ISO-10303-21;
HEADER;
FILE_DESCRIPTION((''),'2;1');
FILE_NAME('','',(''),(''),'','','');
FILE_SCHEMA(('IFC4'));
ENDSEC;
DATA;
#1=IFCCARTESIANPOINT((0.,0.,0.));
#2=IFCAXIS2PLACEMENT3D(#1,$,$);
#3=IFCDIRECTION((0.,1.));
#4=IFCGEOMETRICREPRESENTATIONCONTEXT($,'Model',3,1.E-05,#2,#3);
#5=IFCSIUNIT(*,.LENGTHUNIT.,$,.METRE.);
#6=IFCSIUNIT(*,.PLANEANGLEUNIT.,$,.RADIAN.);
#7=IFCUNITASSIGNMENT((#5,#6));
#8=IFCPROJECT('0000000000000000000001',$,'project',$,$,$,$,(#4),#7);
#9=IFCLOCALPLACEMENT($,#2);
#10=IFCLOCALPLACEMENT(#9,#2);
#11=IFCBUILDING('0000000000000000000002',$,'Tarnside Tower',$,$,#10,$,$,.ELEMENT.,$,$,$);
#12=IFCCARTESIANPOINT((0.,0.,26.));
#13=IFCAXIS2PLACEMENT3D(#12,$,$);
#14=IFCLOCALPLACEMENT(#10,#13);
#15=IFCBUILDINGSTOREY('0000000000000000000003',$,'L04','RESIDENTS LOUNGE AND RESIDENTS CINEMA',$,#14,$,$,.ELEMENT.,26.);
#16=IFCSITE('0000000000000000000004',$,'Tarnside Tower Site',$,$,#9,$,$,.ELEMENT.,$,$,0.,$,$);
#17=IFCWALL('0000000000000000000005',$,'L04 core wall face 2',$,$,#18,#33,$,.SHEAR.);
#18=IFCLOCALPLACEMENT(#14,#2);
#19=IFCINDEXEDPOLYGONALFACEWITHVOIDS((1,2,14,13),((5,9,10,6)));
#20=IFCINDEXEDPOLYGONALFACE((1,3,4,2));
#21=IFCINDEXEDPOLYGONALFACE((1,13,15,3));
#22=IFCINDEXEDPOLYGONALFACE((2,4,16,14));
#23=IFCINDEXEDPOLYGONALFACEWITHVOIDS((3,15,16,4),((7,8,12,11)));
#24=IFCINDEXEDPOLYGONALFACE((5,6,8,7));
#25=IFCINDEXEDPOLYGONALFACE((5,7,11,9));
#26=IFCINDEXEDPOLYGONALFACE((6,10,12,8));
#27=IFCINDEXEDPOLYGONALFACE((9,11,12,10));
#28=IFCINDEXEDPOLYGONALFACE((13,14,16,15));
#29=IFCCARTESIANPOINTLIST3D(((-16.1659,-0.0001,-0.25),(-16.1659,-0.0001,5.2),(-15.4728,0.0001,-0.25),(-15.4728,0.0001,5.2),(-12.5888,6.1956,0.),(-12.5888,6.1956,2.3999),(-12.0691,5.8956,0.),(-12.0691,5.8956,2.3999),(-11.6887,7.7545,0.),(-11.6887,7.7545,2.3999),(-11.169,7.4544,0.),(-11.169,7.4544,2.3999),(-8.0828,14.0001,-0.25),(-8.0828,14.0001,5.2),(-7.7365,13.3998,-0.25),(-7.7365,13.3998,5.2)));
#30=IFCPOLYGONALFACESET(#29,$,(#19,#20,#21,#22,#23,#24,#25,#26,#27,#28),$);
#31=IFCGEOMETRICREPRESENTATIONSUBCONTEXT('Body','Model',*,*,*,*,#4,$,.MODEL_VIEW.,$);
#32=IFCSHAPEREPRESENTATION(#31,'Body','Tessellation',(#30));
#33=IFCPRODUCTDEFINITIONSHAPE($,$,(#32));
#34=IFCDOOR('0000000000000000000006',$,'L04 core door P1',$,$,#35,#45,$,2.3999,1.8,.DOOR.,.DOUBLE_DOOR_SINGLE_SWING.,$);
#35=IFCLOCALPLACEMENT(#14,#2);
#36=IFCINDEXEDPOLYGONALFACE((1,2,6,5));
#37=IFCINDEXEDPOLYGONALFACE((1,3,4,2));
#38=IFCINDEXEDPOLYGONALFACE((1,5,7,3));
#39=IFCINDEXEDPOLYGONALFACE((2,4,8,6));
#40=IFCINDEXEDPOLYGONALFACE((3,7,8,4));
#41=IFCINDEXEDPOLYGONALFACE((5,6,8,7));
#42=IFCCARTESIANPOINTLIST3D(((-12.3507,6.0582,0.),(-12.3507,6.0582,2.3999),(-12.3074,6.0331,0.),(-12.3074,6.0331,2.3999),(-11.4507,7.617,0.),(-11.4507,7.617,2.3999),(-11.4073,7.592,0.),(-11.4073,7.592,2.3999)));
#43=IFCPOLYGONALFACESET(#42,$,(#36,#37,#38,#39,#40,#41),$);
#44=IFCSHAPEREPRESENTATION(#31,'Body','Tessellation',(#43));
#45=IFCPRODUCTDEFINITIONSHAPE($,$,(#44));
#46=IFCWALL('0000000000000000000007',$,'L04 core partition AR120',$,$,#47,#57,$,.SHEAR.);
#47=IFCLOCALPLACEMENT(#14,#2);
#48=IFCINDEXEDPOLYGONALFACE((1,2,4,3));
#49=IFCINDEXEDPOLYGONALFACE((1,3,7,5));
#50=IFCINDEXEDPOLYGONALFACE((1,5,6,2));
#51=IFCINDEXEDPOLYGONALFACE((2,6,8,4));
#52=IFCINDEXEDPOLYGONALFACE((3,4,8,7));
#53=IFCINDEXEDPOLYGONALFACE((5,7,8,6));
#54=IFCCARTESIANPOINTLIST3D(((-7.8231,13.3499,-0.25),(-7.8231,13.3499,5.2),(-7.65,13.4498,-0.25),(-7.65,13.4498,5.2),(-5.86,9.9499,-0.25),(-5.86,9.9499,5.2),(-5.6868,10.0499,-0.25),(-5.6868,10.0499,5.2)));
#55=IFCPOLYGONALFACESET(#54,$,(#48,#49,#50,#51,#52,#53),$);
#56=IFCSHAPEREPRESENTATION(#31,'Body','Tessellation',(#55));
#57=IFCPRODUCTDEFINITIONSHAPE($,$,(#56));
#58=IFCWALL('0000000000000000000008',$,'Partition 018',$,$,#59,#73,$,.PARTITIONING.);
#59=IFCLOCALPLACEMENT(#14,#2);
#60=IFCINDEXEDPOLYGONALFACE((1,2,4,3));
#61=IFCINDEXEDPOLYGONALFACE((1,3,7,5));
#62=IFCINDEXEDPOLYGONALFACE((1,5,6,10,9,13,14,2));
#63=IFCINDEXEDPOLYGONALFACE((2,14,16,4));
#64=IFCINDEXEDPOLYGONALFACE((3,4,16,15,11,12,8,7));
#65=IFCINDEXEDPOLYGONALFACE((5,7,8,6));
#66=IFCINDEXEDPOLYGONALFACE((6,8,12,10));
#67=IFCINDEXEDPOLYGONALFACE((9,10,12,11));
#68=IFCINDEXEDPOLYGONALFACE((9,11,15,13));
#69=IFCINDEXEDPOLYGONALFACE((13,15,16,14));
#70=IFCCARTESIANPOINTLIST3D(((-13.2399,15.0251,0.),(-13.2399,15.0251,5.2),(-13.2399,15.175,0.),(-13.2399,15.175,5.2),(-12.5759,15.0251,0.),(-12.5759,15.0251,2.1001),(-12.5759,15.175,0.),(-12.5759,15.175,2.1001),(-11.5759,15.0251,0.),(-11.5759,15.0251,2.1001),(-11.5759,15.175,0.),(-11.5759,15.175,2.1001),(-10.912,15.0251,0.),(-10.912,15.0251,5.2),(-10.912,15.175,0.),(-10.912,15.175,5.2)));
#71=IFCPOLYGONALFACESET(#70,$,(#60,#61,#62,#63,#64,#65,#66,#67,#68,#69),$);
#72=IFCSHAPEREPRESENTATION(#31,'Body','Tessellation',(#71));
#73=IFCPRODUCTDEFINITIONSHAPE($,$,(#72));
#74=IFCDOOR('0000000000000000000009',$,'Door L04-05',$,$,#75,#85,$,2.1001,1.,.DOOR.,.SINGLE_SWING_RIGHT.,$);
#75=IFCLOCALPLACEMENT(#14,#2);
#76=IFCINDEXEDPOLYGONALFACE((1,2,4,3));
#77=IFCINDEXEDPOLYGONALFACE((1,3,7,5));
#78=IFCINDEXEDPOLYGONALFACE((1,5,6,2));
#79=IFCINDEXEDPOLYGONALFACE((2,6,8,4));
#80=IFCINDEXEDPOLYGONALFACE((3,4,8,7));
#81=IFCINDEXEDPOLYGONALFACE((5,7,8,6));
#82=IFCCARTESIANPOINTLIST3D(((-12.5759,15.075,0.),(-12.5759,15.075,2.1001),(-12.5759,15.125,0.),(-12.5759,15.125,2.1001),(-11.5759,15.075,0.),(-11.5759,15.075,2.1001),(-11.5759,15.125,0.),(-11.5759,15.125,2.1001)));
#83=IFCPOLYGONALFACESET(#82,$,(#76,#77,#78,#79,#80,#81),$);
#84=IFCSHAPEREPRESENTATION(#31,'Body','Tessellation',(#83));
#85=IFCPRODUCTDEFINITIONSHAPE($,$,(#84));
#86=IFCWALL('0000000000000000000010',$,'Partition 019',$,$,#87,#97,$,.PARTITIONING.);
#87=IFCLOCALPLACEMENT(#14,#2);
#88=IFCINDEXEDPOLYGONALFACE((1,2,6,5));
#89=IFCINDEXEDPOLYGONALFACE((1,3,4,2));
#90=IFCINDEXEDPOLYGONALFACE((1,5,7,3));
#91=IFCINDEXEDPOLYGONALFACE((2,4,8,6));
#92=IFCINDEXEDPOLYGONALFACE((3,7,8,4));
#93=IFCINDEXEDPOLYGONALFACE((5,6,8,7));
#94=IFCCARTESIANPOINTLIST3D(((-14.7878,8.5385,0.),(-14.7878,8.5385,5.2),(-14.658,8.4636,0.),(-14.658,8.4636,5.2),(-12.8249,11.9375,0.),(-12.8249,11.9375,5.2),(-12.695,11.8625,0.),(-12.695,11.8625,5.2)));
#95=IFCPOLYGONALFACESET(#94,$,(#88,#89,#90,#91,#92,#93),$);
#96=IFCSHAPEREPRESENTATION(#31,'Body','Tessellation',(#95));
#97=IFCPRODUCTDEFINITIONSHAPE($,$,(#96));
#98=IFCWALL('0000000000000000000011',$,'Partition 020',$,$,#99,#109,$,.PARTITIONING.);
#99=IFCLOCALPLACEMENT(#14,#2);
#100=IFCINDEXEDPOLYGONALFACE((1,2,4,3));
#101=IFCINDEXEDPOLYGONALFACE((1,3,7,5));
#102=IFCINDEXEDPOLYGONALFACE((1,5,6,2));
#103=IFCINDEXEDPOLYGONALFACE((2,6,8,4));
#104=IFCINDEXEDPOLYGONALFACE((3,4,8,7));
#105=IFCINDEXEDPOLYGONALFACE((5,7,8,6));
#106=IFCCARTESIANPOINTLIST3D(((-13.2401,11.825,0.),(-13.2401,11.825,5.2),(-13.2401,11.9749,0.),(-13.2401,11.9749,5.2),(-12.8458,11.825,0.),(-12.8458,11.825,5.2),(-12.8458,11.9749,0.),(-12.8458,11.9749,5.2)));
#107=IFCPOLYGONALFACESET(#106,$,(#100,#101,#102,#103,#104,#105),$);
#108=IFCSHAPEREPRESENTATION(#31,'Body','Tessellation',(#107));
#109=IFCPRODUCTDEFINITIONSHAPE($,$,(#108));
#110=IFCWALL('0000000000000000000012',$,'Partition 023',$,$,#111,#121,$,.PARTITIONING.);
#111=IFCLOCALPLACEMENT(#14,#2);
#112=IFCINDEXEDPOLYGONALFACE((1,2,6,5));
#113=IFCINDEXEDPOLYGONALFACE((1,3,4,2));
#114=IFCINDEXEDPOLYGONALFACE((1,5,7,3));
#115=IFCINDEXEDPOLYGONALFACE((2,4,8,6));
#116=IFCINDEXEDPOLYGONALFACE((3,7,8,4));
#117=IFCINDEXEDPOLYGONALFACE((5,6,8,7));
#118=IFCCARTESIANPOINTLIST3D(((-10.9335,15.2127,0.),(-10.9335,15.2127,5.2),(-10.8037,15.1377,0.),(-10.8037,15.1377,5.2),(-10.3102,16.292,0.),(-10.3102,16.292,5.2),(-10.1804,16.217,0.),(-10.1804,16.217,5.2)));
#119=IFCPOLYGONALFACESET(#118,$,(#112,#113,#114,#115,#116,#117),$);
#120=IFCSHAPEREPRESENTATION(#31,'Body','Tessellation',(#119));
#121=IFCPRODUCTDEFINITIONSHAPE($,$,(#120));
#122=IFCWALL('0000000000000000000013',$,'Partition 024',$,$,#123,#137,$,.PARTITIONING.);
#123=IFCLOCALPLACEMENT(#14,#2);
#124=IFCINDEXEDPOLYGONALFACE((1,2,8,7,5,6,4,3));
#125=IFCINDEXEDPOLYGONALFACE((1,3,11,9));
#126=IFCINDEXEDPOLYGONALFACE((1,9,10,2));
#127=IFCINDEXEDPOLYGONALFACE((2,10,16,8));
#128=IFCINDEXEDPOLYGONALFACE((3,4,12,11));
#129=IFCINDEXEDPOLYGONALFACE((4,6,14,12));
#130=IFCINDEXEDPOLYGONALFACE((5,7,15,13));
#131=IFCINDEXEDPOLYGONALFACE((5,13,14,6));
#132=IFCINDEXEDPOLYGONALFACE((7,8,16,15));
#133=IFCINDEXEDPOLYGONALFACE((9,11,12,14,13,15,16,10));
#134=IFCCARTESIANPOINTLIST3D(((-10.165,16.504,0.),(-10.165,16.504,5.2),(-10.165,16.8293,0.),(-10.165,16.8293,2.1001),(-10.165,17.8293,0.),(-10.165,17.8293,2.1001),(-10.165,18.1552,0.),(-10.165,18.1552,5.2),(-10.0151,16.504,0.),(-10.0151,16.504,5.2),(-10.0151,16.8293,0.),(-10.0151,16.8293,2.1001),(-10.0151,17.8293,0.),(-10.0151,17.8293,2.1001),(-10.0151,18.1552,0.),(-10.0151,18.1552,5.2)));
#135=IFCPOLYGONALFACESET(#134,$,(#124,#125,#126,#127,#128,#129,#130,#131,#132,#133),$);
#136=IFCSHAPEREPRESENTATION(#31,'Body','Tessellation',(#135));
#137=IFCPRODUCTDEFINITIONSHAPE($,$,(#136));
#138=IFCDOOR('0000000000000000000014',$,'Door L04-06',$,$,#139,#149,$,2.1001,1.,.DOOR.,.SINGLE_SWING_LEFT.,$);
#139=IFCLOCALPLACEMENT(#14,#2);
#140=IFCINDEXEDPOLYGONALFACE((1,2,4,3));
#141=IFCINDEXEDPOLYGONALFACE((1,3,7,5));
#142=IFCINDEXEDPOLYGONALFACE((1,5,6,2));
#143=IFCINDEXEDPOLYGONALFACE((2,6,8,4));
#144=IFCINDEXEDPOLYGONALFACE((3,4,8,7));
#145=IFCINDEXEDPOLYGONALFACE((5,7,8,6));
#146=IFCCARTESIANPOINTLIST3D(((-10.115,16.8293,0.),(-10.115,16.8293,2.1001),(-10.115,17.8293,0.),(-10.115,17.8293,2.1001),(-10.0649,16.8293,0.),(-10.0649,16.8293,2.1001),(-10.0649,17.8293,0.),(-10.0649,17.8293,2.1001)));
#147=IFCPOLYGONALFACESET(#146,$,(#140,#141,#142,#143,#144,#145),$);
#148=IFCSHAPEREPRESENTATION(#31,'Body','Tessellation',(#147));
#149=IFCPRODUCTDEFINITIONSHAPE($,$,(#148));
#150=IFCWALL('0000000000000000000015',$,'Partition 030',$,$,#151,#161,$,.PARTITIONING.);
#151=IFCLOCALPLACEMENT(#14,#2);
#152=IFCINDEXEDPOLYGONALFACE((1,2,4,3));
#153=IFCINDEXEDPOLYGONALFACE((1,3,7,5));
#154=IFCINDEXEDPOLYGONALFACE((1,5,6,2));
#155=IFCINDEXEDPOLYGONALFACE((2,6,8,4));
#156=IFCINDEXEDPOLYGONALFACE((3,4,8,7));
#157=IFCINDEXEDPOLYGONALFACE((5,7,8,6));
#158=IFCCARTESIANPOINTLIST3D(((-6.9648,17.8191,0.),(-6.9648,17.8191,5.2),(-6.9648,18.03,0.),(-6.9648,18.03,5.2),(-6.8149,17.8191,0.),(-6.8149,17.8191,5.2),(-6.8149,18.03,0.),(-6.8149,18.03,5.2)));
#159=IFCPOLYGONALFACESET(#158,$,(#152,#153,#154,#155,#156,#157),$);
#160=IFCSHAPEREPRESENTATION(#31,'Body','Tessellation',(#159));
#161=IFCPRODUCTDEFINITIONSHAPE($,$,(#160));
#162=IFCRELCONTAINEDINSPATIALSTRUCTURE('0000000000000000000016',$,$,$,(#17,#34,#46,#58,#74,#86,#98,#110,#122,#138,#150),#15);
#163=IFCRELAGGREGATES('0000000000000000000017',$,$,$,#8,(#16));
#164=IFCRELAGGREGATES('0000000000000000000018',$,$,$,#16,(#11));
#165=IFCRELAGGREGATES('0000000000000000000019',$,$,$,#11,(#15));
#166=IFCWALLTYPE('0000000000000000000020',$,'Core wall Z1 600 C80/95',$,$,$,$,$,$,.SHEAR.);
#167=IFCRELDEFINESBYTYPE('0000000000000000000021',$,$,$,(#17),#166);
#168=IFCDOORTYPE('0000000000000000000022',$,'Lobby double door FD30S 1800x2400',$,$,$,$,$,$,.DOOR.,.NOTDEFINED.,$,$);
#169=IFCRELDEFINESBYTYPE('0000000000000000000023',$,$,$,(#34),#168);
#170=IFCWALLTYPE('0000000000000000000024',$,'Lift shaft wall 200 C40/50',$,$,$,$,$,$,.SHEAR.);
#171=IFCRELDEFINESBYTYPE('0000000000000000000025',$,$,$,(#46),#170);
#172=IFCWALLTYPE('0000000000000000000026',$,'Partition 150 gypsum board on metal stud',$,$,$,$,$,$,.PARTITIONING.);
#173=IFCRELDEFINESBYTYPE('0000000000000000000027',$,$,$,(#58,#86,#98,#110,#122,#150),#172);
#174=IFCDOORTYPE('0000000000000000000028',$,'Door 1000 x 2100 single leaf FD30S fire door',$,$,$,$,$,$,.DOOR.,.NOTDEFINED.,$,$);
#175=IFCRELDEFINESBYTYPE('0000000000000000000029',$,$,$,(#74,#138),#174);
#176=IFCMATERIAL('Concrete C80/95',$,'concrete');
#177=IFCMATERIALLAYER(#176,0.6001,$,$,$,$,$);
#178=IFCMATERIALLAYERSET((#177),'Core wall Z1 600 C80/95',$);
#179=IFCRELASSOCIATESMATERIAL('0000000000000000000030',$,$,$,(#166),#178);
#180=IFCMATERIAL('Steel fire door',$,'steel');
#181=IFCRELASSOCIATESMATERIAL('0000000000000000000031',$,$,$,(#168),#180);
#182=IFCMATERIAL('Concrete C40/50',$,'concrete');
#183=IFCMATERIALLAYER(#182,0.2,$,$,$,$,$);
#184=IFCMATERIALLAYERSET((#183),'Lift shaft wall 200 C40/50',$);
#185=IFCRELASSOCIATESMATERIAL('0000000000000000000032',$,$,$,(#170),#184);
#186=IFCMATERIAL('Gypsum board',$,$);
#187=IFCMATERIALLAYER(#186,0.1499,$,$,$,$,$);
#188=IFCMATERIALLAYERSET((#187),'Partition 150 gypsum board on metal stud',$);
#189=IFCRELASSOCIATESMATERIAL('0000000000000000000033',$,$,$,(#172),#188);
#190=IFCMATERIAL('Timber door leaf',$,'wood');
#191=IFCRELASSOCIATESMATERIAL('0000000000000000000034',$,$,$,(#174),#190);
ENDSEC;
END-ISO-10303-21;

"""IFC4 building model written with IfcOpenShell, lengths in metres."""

from ifc_helpers import new_model, si_unit, direction, frame, frame_2d, origin, place, context, subcontext, project, spatial, polyline, rectangle, outline, extrude, material, layer, layer_set, type_object, element, fill, save


model = new_model("IFC4")

# Units and contexts
model_context = context("Model", 3, precision=1e-05, world=origin(), true_north=direction((0.0, 1.0)))
body_context = subcontext(model_context, "Body", "Model", "MODEL_VIEW")
ifc_project = project(units=[si_unit("LENGTHUNIT", "METRE"), si_unit("PLANEANGLEUNIT", "RADIAN")], contexts=[model_context])

# Site, building, storey
site_placement = place(None, origin())
site = spatial("IfcSite", under=ifc_project, at=site_placement, Name="Tarnside Tower Site", CompositionType="ELEMENT", RefElevation=0.0)
building_placement = place(site_placement, origin())
building = spatial("IfcBuilding", under=site, at=building_placement, Name="Tarnside Tower", CompositionType="ELEMENT")
storey_placement = place(building_placement, frame((0.0, 0.0, 26.0)))
storey = spatial("IfcBuildingStorey", under=building, at=storey_placement, Name="L04", Description="RESIDENTS LOUNGE AND RESIDENTS CINEMA", CompositionType="ELEMENT", Elevation=26.0)

# Wall, opening, door
ifc_material_1 = material(Name="Concrete C80/95", Category="concrete")
ifc_layer_1 = layer(ifc_material_1, 0.6001)
ifc_layer_set_1 = layer_set([ifc_layer_1], Name="Core wall Z1 600 C80/95")
wall_type_1 = type_object("IfcWallType", Name="Core wall Z1 600 C80/95", PredefinedType="SHEAR", material=ifc_layer_set_1)
wall_1_placement = place(storey_placement, frame((-7.9097, 13.7, -0.25), z_axis=(0.0, 0.0, 1.0), x_axis=(-0.5, -0.866025, 0.0)))
wall_1 = element("IfcWall", 1, at=wall_1_placement, inside=storey, type_object=wall_type_1, Name="L04 core wall face 2", PredefinedType="SHEAR", context=body_context, shape_type="SweptSolid", body=[
    extrude(outline(polyline([(-0.1733, -0.3), (15.9927, -0.3), (15.646, 0.3), (0.1733, 0.3), (-0.1733, -0.3)])), origin(), (0.0, 0.0, 1.0), 5.45),
])
opening_1_placement = place(wall_1_placement, frame((7.0386, 0.0, 0.25)))
opening_1 = element("IfcOpeningElement", 2, at=opening_1_placement, cuts=wall_1, PredefinedType="OPENING", context=body_context, shape_type="SweptSolid", body=[
    extrude(rectangle(XDim=1.8, YDim=2.3999, at=frame_2d((0.8999, 1.2))), frame((0.0, 0.3101, 0.0), z_axis=(0.0, -1.0, 0.0), x_axis=(1.0, 0.0, 0.0)), (0.0, 0.0, 1.0), 0.6201),
])
ifc_material_2 = material(Name="Steel fire door", Category="steel")
door_type_1 = type_object("IfcDoorType", Name="Lobby double door FD30S 1800x2400", OperationType="NOTDEFINED", PredefinedType="DOOR", material=ifc_material_2)
door_1_placement = place(opening_1_placement, origin())
door_1 = element("IfcDoor", 3, at=door_1_placement, inside=storey, type_object=door_type_1, Name="L04 core door P1", OperationType="DOUBLE_DOOR_SINGLE_SWING", OverallHeight=2.3999, OverallWidth=1.8, PredefinedType="DOOR", context=body_context, shape_type="SweptSolid", body=[
    extrude(rectangle(XDim=1.8, YDim=2.3999, at=frame_2d((0.8999, 1.2))), frame((0.0, 0.0249, 0.0), z_axis=(0.0, -1.0, 0.0), x_axis=(1.0, 0.0, 0.0)), (0.0, 0.0, 1.0), 0.05),
])
fill(opening_1, door_1)

# Wall
ifc_material_3 = material(Name="Concrete C40/50", Category="concrete")
ifc_layer_2 = layer(ifc_material_3, 0.2)
ifc_layer_set_2 = layer_set([ifc_layer_2], Name="Lift shaft wall 200 C40/50")
wall_type_2 = type_object("IfcWallType", Name="Lift shaft wall 200 C40/50", PredefinedType="SHEAR", material=ifc_layer_set_2)
wall_2_placement = place(storey_placement, frame((-5.7734, 10.0, -0.25), z_axis=(0.0, 0.0, 1.0), x_axis=(-0.500038, 0.866003, 0.0)))
element("IfcWall", 4, at=wall_2_placement, inside=storey, type_object=wall_type_2, Name="L04 core partition AR120", PredefinedType="SHEAR", context=body_context, shape_type="SweptSolid", body=[
    extrude(rectangle(XDim=3.926, YDim=0.2, at=frame_2d((1.9629, 0.0))), origin(), (0.0, 0.0, 1.0), 5.45),
])

# Wall, opening, door
ifc_material_4 = material(Name="Gypsum board")
ifc_layer_3 = layer(ifc_material_4, 0.1499)
ifc_layer_set_3 = layer_set([ifc_layer_3], Name="Partition 150 gypsum board on metal stud")
wall_type_3 = type_object("IfcWallType", Name="Partition 150 gypsum board on metal stud", PredefinedType="PARTITIONING", material=ifc_layer_set_3)
wall_3_placement = place(storey_placement, frame((-13.24, 15.1001, 0.0), z_axis=(0.0, 0.0, 1.0), x_axis=(1.0, 0.0, 0.0)))
wall_3 = element("IfcWall", 5, at=wall_3_placement, inside=storey, type_object=wall_type_3, Name="Partition 018", PredefinedType="PARTITIONING", context=body_context, shape_type="SweptSolid", body=[
    extrude(rectangle(XDim=2.3279, YDim=0.1499, at=frame_2d((1.1641, 0.0))), origin(), (0.0, 0.0, 1.0), 5.2),
])
opening_2_placement = place(wall_3_placement, frame((0.6641, 0.0, 0.0)))
opening_2 = element("IfcOpeningElement", 6, at=opening_2_placement, cuts=wall_3, PredefinedType="OPENING", context=body_context, shape_type="SweptSolid", body=[
    extrude(rectangle(XDim=1.0, YDim=2.1001, at=frame_2d((0.5, 1.05))), frame((0.0, 0.085, 0.0), z_axis=(0.0, -1.0, 0.0), x_axis=(1.0, 0.0, 0.0)), (0.0, 0.0, 1.0), 0.1699),
])
ifc_material_5 = material(Name="Timber door leaf", Category="wood")
door_type_2 = type_object("IfcDoorType", Name="Door 1000 x 2100 single leaf FD30S fire door", OperationType="NOTDEFINED", PredefinedType="DOOR", material=ifc_material_5)
door_2_placement = place(opening_2_placement, origin())
door_2 = element("IfcDoor", 7, at=door_2_placement, inside=storey, type_object=door_type_2, Name="Door L04-05", OperationType="SINGLE_SWING_RIGHT", OverallHeight=2.1001, OverallWidth=1.0, PredefinedType="DOOR", context=body_context, shape_type="SweptSolid", body=[
    extrude(rectangle(XDim=1.0, YDim=2.1001, at=frame_2d((0.5, 1.05))), frame((0.0, 0.0249, 0.0), z_axis=(0.0, -1.0, 0.0), x_axis=(1.0, 0.0, 0.0)), (0.0, 0.0, 1.0), 0.05),
])
fill(opening_2, door_2)

# Walls
wall_4_placement = place(storey_placement, frame((-12.76, 11.8999, 0.0), z_axis=(0.0, 0.0, 1.0), x_axis=(-0.500099, -0.865968, 0.0)))
element("IfcWall", 8, at=wall_4_placement, inside=storey, type_object=wall_type_3, Name="Partition 019", PredefinedType="PARTITIONING", context=body_context, shape_type="SweptSolid", body=[
    extrude(rectangle(XDim=3.925, YDim=0.1499, at=frame_2d((1.9624, 0.0))), origin(), (0.0, 0.0, 1.0), 5.2),
])
wall_5_placement = place(storey_placement, frame((-12.8457, 11.8999, 0.0), z_axis=(0.0, 0.0, 1.0), x_axis=(-1.0, 0.0, 0.0)))
element("IfcWall", 9, at=wall_5_placement, inside=storey, type_object=wall_type_3, Name="Partition 020", PredefinedType="PARTITIONING", context=body_context, shape_type="SweptSolid", body=[
    extrude(rectangle(XDim=0.3943, YDim=0.1499, at=frame_2d((0.1973, 0.0))), origin(), (0.0, 0.0, 1.0), 5.2),
])
wall_6_placement = place(storey_placement, frame((-10.2454, 16.2544, 0.0), z_axis=(0.0, 0.0, 1.0), x_axis=(-0.500079, -0.86598, 0.0)))
element("IfcWall", 10, at=wall_6_placement, inside=storey, type_object=wall_type_3, Name="Partition 023", PredefinedType="PARTITIONING", context=body_context, shape_type="SweptSolid", body=[
    extrude(rectangle(XDim=1.2463, YDim=0.1499, at=frame_2d((0.623, 0.0))), origin(), (0.0, 0.0, 1.0), 5.2),
])

# Wall, opening, door
wall_7_placement = place(storey_placement, frame((-10.0901, 16.5039, 0.0), z_axis=(0.0, 0.0, 1.0), x_axis=(0.0, 1.0, 0.0)))
wall_7 = element("IfcWall", 11, at=wall_7_placement, inside=storey, type_object=wall_type_3, Name="Partition 024", PredefinedType="PARTITIONING", context=body_context, shape_type="SweptSolid", body=[
    extrude(rectangle(XDim=1.6511, YDim=0.1499, at=frame_2d((0.8257, 0.0))), origin(), (0.0, 0.0, 1.0), 5.2),
])
opening_3_placement = place(wall_7_placement, frame((0.3254, 0.0, 0.0)))
opening_3 = element("IfcOpeningElement", 12, at=opening_3_placement, cuts=wall_7, PredefinedType="OPENING", context=body_context, shape_type="SweptSolid", body=[
    extrude(rectangle(XDim=1.0, YDim=2.1001, at=frame_2d((0.5, 1.05))), frame((0.0, 0.085, 0.0), z_axis=(0.0, -1.0, 0.0), x_axis=(1.0, 0.0, 0.0)), (0.0, 0.0, 1.0), 0.1699),
])
door_3_placement = place(opening_3_placement, origin())
door_3 = element("IfcDoor", 13, at=door_3_placement, inside=storey, type_object=door_type_2, Name="Door L04-06", OperationType="SINGLE_SWING_LEFT", OverallHeight=2.1001, OverallWidth=1.0, PredefinedType="DOOR", context=body_context, shape_type="SweptSolid", body=[
    extrude(rectangle(XDim=1.0, YDim=2.1001, at=frame_2d((0.5, 1.05))), frame((0.0, 0.0249, 0.0), z_axis=(0.0, -1.0, 0.0), x_axis=(1.0, 0.0, 0.0)), (0.0, 0.0, 1.0), 0.05),
])
fill(opening_3, door_3)

# Wall
wall_8_placement = place(storey_placement, frame((-6.8899, 18.03, 0.0), z_axis=(0.0, 0.0, 1.0), x_axis=(0.0, -1.0, 0.0)))
element("IfcWall", 14, at=wall_8_placement, inside=storey, type_object=wall_type_3, Name="Partition 030", PredefinedType="PARTITIONING", context=body_context, shape_type="SweptSolid", body=[
    extrude(rectangle(XDim=0.2109, YDim=0.1499, at=frame_2d((0.1055, 0.0))), origin(), (0.0, 0.0, 1.0), 5.2),
])

save(model, "model.ifc")
